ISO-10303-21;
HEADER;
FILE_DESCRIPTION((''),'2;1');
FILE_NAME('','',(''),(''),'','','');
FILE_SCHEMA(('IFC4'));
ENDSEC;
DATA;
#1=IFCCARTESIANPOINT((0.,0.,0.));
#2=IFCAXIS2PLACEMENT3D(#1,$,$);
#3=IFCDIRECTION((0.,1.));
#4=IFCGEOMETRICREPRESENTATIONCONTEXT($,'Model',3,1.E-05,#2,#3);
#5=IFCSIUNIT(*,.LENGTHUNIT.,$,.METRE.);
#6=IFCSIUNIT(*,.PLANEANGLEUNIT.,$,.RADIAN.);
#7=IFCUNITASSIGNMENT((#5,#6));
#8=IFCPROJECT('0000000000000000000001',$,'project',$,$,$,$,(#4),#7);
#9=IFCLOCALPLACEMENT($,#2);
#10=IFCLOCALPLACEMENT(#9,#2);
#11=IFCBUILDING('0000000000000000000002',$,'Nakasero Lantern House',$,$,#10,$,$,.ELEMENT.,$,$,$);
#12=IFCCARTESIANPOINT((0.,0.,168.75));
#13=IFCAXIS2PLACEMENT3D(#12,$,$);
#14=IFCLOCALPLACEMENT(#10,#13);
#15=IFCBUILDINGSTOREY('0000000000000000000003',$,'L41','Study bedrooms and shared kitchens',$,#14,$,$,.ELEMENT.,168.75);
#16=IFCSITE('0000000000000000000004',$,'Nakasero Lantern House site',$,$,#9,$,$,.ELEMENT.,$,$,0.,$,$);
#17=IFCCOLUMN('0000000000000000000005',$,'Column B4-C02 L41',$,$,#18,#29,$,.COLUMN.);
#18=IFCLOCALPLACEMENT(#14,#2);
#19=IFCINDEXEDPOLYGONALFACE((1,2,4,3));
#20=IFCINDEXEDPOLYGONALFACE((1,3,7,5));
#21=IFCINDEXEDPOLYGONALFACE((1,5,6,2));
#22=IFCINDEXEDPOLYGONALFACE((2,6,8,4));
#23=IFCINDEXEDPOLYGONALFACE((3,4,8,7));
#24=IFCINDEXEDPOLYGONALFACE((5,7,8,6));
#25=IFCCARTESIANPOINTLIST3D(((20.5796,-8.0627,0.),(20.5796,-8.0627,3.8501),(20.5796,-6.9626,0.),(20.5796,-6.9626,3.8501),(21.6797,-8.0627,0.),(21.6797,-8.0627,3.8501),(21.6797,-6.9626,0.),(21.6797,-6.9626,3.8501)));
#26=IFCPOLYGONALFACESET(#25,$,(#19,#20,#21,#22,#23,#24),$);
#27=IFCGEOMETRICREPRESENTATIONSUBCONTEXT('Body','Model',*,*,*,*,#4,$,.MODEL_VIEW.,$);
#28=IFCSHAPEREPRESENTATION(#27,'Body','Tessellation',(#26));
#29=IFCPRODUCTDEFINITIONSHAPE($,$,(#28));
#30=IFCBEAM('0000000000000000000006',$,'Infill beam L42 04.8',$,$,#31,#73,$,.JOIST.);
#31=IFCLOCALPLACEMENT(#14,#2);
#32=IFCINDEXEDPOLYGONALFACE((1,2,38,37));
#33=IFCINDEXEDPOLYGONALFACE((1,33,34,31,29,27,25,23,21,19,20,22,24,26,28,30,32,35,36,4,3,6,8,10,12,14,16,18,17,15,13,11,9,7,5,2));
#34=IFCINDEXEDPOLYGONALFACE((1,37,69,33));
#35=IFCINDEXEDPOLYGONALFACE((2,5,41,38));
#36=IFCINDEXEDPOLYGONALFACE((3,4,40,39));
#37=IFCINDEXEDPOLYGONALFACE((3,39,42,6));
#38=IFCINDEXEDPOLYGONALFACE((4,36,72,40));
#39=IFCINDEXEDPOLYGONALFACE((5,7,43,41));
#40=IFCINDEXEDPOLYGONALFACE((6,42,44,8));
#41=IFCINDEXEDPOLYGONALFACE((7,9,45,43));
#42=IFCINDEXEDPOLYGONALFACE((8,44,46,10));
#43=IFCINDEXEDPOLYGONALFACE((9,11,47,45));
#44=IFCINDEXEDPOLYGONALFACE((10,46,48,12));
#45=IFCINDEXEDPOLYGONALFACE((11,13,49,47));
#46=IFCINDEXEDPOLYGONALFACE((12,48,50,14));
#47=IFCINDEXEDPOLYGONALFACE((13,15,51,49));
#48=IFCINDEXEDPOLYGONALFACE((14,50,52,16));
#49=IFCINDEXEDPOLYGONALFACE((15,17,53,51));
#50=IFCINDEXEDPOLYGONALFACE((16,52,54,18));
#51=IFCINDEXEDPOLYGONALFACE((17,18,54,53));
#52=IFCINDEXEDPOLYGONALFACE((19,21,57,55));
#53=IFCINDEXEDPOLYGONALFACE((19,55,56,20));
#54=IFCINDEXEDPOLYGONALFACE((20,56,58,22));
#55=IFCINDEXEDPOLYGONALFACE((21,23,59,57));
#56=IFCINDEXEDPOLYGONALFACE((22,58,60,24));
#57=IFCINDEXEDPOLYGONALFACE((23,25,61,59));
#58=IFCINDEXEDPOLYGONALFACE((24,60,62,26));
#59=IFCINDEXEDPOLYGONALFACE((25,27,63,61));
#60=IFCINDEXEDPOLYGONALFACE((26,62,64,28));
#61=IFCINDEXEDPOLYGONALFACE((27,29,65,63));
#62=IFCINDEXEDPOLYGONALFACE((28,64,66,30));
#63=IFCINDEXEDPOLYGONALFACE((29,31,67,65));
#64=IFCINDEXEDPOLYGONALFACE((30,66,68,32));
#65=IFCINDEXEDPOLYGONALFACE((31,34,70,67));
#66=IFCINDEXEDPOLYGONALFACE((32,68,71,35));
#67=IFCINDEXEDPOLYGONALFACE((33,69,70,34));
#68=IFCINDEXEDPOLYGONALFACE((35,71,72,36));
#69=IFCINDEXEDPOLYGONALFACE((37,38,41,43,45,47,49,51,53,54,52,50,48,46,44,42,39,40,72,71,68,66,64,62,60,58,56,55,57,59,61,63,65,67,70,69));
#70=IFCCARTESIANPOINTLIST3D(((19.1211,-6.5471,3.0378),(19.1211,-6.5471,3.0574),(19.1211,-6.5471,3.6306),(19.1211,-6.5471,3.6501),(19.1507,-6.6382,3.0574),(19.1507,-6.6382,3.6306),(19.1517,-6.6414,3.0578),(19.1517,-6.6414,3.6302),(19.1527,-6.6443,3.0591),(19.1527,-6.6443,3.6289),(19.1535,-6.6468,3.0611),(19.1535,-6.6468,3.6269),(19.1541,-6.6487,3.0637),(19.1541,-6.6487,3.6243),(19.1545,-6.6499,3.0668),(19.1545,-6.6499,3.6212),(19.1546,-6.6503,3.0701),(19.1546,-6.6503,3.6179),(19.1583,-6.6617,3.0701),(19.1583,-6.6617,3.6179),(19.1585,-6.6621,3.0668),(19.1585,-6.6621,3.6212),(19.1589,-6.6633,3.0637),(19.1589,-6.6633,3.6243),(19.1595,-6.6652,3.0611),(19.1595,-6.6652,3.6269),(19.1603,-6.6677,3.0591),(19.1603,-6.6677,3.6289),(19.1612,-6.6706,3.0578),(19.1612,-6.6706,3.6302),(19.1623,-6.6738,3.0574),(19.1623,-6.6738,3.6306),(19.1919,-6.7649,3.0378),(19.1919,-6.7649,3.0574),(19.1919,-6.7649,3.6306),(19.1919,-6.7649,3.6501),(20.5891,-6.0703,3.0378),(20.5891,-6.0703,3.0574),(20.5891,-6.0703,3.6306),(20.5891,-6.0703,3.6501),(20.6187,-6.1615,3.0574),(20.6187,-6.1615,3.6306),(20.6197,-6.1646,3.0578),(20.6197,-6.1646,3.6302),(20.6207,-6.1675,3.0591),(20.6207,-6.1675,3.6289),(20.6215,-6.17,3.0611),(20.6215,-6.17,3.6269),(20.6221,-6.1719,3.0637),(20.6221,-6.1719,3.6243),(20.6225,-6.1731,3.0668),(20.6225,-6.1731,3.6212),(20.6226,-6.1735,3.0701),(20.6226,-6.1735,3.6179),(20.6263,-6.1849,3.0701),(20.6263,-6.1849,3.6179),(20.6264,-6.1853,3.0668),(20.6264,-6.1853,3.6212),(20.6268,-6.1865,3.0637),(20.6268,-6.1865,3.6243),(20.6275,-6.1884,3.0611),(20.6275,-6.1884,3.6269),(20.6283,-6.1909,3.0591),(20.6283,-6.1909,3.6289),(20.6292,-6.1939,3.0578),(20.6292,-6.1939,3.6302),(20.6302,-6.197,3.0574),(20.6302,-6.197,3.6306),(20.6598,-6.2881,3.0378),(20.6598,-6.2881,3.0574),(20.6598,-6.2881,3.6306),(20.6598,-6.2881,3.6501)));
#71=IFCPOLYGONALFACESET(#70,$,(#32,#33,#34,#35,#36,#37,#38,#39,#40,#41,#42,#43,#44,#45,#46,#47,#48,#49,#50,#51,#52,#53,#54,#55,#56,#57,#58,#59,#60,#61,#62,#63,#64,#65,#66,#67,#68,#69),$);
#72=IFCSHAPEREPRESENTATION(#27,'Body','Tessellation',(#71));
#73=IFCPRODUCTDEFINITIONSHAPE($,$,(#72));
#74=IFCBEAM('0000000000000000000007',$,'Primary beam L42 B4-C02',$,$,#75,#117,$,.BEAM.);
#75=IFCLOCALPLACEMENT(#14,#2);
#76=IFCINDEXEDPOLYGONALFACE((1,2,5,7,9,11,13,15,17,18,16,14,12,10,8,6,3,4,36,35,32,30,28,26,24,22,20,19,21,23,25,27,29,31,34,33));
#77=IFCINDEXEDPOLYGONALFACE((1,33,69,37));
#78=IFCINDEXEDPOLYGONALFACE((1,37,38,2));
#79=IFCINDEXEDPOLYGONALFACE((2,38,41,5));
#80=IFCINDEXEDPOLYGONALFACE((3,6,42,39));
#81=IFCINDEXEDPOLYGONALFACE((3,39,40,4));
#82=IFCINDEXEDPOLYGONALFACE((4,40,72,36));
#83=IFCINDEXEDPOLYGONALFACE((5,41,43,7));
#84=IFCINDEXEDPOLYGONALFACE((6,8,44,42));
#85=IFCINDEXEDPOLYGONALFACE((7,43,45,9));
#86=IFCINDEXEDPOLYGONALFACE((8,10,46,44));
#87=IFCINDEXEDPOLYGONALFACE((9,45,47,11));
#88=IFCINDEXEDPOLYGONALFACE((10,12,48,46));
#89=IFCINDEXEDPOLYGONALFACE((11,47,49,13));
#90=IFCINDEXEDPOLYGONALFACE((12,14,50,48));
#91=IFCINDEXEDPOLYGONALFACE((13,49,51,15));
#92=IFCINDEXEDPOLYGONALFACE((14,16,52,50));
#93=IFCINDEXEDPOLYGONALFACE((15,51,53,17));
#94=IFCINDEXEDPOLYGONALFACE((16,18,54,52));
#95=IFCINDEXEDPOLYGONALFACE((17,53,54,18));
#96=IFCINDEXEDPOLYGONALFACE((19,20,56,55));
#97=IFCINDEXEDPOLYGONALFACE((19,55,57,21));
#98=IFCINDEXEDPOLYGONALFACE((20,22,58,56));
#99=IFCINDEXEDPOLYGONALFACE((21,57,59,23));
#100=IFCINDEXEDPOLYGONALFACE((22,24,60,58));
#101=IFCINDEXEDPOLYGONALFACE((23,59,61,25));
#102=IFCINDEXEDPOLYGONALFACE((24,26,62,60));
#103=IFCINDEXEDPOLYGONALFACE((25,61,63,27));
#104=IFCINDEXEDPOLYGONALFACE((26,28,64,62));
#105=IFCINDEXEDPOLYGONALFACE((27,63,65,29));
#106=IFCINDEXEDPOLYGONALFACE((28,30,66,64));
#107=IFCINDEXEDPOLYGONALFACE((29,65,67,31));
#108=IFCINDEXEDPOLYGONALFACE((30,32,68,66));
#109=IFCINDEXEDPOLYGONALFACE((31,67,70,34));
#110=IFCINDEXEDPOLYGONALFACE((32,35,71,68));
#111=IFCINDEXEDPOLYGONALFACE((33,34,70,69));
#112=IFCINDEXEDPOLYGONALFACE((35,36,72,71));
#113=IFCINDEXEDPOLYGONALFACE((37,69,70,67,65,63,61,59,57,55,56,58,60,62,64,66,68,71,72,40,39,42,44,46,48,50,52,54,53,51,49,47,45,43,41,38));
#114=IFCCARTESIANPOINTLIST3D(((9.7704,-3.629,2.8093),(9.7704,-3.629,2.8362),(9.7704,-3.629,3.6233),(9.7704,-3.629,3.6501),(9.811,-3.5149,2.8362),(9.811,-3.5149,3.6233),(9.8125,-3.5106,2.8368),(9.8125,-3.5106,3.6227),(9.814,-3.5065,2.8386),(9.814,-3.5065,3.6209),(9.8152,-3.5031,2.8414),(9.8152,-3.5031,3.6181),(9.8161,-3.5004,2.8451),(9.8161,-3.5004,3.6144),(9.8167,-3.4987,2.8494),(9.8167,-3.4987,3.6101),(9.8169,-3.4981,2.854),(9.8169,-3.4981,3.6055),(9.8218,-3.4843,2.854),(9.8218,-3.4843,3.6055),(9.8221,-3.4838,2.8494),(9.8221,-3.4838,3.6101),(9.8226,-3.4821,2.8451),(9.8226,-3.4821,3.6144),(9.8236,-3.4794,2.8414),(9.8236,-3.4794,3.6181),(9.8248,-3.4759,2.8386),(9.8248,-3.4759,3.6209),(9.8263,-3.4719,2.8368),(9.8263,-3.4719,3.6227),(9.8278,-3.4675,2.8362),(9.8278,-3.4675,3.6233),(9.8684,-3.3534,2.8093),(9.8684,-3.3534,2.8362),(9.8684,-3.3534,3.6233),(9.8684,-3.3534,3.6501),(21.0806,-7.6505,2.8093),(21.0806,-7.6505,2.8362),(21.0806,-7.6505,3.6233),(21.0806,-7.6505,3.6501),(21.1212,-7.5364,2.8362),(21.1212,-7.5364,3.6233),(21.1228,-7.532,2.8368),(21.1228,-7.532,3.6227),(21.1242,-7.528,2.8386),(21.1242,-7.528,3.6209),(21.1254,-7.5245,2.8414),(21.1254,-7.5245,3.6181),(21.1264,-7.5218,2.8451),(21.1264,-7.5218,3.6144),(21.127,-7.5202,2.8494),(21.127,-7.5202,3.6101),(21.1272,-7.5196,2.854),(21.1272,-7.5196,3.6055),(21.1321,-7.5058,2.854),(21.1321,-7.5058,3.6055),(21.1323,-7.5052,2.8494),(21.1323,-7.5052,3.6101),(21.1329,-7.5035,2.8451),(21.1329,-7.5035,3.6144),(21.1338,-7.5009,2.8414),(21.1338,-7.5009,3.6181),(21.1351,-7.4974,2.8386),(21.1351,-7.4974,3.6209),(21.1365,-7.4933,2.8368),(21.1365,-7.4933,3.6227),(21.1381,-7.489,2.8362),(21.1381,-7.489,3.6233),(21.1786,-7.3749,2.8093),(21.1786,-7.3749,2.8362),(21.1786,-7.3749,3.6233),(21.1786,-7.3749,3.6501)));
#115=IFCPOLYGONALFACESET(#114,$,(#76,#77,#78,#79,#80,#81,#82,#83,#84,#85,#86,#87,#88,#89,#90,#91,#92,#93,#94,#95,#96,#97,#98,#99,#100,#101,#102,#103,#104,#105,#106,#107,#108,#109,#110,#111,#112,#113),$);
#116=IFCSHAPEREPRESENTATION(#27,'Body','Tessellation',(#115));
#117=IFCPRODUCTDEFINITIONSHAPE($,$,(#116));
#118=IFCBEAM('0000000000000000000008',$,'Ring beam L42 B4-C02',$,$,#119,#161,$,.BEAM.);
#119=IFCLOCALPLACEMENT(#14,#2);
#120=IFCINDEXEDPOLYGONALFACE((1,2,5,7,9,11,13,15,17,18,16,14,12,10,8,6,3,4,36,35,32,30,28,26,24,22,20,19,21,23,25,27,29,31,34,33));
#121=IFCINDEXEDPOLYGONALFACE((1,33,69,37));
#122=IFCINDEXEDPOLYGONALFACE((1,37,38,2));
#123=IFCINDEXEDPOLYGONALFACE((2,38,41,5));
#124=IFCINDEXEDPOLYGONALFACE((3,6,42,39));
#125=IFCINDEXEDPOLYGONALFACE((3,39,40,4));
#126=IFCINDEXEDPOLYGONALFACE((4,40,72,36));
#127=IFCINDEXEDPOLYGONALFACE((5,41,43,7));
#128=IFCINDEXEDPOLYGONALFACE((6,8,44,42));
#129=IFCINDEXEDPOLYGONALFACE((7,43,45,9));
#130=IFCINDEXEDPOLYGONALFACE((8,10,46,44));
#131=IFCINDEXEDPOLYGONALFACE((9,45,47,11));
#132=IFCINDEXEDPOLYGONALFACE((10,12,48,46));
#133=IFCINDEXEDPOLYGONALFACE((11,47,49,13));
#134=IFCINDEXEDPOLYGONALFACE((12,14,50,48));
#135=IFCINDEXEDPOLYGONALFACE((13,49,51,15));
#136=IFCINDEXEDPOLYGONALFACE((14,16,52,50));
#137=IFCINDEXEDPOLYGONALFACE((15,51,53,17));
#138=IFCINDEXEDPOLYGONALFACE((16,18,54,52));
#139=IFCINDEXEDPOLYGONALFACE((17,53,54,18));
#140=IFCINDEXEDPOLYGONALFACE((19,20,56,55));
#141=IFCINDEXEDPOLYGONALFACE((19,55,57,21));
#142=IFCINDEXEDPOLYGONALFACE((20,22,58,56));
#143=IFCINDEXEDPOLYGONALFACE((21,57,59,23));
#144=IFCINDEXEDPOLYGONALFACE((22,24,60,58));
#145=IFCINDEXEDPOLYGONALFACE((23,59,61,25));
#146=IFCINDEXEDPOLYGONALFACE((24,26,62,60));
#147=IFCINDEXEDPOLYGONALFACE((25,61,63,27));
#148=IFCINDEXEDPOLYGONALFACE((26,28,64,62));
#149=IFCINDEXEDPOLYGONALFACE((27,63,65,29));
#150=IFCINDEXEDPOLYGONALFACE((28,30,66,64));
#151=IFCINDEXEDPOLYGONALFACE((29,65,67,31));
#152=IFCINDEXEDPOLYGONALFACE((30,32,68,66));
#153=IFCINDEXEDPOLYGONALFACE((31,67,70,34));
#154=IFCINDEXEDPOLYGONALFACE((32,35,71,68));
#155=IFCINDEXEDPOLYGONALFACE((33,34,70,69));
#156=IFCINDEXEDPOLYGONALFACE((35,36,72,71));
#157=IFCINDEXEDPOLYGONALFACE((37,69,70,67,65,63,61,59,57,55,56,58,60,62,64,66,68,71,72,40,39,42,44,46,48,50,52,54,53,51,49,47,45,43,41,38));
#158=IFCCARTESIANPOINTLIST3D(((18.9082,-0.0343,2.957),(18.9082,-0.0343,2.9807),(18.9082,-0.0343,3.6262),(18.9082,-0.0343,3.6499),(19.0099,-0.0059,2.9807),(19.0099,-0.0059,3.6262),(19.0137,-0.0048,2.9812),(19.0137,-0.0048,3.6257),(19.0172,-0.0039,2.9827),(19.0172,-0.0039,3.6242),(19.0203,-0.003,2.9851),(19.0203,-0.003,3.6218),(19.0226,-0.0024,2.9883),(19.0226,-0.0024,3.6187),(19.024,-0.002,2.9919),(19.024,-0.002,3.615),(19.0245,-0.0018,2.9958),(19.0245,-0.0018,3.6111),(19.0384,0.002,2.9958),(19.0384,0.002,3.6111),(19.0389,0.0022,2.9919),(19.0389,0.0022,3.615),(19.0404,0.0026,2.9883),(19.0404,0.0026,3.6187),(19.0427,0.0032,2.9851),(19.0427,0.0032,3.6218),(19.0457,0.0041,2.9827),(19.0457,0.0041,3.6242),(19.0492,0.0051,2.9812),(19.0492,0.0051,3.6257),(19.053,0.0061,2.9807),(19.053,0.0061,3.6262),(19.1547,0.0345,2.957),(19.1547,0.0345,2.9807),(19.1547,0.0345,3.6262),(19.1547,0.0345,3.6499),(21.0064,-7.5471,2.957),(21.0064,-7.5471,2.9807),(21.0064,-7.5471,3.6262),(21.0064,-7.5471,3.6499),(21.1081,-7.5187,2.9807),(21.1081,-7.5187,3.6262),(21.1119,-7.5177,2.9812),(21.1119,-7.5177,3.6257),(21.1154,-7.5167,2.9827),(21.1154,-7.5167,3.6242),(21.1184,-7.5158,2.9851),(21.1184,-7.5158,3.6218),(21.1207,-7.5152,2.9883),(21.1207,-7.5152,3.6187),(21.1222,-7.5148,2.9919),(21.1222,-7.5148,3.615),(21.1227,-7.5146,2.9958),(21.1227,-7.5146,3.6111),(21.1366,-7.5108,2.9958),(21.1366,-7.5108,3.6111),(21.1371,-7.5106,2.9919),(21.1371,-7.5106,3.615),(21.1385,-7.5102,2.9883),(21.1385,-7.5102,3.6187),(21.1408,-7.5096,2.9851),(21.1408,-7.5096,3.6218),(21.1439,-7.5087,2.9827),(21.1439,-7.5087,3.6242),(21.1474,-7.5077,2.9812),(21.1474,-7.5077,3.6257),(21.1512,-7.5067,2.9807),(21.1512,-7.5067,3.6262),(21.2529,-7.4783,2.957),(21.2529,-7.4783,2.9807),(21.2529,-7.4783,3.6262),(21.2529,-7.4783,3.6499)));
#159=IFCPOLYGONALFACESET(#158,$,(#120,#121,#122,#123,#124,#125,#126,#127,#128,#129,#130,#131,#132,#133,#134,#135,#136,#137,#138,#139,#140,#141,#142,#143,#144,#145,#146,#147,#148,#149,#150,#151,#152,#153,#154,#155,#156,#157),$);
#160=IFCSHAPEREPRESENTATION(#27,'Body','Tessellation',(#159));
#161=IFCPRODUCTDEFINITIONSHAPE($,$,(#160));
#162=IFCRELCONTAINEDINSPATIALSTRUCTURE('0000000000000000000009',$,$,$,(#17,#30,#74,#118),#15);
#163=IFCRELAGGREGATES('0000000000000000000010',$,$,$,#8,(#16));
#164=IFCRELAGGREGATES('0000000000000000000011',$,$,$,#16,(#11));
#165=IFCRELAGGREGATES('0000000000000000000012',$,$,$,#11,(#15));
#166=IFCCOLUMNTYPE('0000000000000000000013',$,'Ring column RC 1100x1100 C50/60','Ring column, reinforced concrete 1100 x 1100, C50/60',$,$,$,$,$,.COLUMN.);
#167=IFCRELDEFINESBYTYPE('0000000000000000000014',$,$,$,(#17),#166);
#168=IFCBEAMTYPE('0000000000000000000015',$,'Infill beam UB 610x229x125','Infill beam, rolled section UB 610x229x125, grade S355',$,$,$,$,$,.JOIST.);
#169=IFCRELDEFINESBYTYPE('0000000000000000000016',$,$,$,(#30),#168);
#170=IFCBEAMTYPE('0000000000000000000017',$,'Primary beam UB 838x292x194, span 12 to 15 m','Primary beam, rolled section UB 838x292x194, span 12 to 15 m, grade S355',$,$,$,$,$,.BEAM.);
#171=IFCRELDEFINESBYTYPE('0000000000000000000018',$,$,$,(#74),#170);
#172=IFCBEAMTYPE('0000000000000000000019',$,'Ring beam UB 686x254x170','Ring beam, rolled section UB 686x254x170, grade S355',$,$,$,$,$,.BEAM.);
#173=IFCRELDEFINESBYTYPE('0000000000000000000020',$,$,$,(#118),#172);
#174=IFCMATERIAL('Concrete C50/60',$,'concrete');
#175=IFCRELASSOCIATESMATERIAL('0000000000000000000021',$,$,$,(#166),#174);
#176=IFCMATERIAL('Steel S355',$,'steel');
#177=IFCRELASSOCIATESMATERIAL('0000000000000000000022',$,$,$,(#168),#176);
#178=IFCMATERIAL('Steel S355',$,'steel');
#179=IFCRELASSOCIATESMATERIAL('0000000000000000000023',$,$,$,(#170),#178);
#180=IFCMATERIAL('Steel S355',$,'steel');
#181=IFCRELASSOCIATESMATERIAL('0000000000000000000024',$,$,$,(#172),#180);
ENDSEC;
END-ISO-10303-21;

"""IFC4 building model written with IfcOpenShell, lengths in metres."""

from ifc_helpers import new_model, si_unit, direction, frame, origin, origin_2d, place, context, subcontext, project, spatial, rectangle, i_section, extrude, material, material_profile, profile_set, type_object, element, save


model = new_model("IFC4")

# Units and contexts
model_context = context("Model", 3, precision=1e-05, world=origin(), true_north=direction((0.0, 1.0)))
body_context = subcontext(model_context, "Body", "Model", "MODEL_VIEW")
ifc_project = project(units=[si_unit("LENGTHUNIT", "METRE"), si_unit("PLANEANGLEUNIT", "RADIAN")], contexts=[model_context])

# Site, building, storey
site_placement = place(None, origin())
site = spatial("IfcSite", under=ifc_project, at=site_placement, Name="Nakasero Lantern House site", CompositionType="ELEMENT", RefElevation=0.0)
building_placement = place(site_placement, origin())
building = spatial("IfcBuilding", under=site, at=building_placement, Name="Nakasero Lantern House", CompositionType="ELEMENT")
storey_placement = place(building_placement, frame((0.0, 0.0, 168.75)))
storey = spatial("IfcBuildingStorey", under=building, at=storey_placement, Name="L41", Description="Study bedrooms and shared kitchens", CompositionType="ELEMENT", Elevation=168.75)

# Column
ifc_material_1 = material(Name="Concrete C50/60", Category="concrete")
ifc_material_profile_1 = material_profile(ifc_material_1, rectangle(XDim=1.1001, YDim=1.1001, at=origin_2d()), Name="RC 1100x1100")
ifc_profile_set_1 = profile_set([ifc_material_profile_1], Name="Concrete C50/60")
column_type = type_object("IfcColumnType", Name="Ring column RC 1100x1100 C50/60", Description="Ring column, reinforced concrete 1100 x 1100, C50/60", PredefinedType="COLUMN", material=ifc_profile_set_1)
column_placement = place(storey_placement, frame((21.1296, -7.5127, 0.0), z_axis=(0.0, 0.0, 1.0), x_axis=(1.0, 0.0, 0.0)))
element("IfcColumn", 1, at=column_placement, inside=storey, type_object=column_type, Name="Column B4-C02 L41", PredefinedType="COLUMN", context=body_context, shape_type="SweptSolid", body=[
    extrude(rectangle(XDim=1.1001, YDim=1.1001, at=origin_2d()), origin(), (0.0, 0.0, 1.0), 3.8501),
])

# Beams
ifc_material_2 = material(Name="Steel S355", Category="steel")
ifc_material_profile_2 = material_profile(ifc_material_2, i_section(OverallWidth=0.229, OverallDepth=0.6123, WebThickness=0.012, FlangeThickness=0.0195, FilletRadius=0.0127, at=origin_2d()), Name="UB 610x229x125")
ifc_profile_set_2 = profile_set([ifc_material_profile_2], Name="Steel S355")
beam_type_1 = type_object("IfcBeamType", Name="Infill beam UB 610x229x125", Description="Infill beam, rolled section UB 610x229x125, grade S355", PredefinedType="JOIST", material=ifc_profile_set_2)
beam_1_placement = place(storey_placement, frame((19.1565, -6.656, 3.344), z_axis=(0.951091, 0.308911, 0.0), x_axis=(-0.308911, 0.951091, 0.0)))
element("IfcBeam", 2, at=beam_1_placement, inside=storey, type_object=beam_type_1, Name="Infill beam L42 04.8", PredefinedType="JOIST", context=body_context, shape_type="SweptSolid", body=[
    extrude(i_section(OverallWidth=0.229, OverallDepth=0.6123, WebThickness=0.012, FlangeThickness=0.0195, FilletRadius=0.0127, at=origin_2d()), origin(), (0.0, 0.0, 1.0), 1.5435),
])
ifc_material_3 = material(Name="Steel S355", Category="steel")
ifc_material_profile_3 = material_profile(ifc_material_3, i_section(OverallWidth=0.2925, OverallDepth=0.8408, WebThickness=0.0146, FlangeThickness=0.0269, FilletRadius=0.0178, at=origin_2d()), Name="UB 838x292x194")
ifc_profile_set_3 = profile_set([ifc_material_profile_3], Name="Steel S355")
beam_type_2 = type_object("IfcBeamType", Name="Primary beam UB 838x292x194, span 12 to 15 m", Description="Primary beam, rolled section UB 838x292x194, span 12 to 15 m, grade S355", PredefinedType="BEAM", material=ifc_profile_set_3)
beam_2_placement = place(storey_placement, frame((21.1296, -7.5127, 3.2297), z_axis=(-0.942214, 0.335013, 0.0), x_axis=(-0.335013, -0.942214, 0.0)))
element("IfcBeam", 3, at=beam_2_placement, inside=storey, type_object=beam_type_2, Name="Primary beam L42 B4-C02", PredefinedType="BEAM", context=body_context, shape_type="SweptSolid", body=[
    extrude(i_section(OverallWidth=0.2925, OverallDepth=0.8408, WebThickness=0.0146, FlangeThickness=0.0269, FilletRadius=0.0178, at=origin_2d()), origin(), (0.0, 0.0, 1.0), 12.0039),
])
ifc_material_4 = material(Name="Steel S355", Category="steel")
ifc_material_profile_4 = material_profile(ifc_material_4, i_section(OverallWidth=0.2559, OverallDepth=0.6929, WebThickness=0.0144, FlangeThickness=0.0237, FilletRadius=0.0151, at=origin_2d()), Name="UB 686x254x170")
ifc_profile_set_4 = profile_set([ifc_material_profile_4], Name="Steel S355")
beam_type_3 = type_object("IfcBeamType", Name="Ring beam UB 686x254x170", Description="Ring beam, rolled section UB 686x254x170, grade S355", PredefinedType="BEAM", material=ifc_profile_set_4)
beam_3_placement = place(storey_placement, frame((21.1296, -7.5127, 3.3035), z_axis=(-0.268987, 0.963144, 0.0), x_axis=(-0.963144, -0.268987, 0.0)))
element("IfcBeam", 4, at=beam_3_placement, inside=storey, type_object=beam_type_3, Name="Ring beam L42 B4-C02", PredefinedType="BEAM", context=body_context, shape_type="SweptSolid", body=[
    extrude(i_section(OverallWidth=0.2559, OverallDepth=0.6929, WebThickness=0.0144, FlangeThickness=0.0237, FilletRadius=0.0151, at=origin_2d()), origin(), (0.0, 0.0, 1.0), 7.8003),
])

save(model, "model.ifc")
